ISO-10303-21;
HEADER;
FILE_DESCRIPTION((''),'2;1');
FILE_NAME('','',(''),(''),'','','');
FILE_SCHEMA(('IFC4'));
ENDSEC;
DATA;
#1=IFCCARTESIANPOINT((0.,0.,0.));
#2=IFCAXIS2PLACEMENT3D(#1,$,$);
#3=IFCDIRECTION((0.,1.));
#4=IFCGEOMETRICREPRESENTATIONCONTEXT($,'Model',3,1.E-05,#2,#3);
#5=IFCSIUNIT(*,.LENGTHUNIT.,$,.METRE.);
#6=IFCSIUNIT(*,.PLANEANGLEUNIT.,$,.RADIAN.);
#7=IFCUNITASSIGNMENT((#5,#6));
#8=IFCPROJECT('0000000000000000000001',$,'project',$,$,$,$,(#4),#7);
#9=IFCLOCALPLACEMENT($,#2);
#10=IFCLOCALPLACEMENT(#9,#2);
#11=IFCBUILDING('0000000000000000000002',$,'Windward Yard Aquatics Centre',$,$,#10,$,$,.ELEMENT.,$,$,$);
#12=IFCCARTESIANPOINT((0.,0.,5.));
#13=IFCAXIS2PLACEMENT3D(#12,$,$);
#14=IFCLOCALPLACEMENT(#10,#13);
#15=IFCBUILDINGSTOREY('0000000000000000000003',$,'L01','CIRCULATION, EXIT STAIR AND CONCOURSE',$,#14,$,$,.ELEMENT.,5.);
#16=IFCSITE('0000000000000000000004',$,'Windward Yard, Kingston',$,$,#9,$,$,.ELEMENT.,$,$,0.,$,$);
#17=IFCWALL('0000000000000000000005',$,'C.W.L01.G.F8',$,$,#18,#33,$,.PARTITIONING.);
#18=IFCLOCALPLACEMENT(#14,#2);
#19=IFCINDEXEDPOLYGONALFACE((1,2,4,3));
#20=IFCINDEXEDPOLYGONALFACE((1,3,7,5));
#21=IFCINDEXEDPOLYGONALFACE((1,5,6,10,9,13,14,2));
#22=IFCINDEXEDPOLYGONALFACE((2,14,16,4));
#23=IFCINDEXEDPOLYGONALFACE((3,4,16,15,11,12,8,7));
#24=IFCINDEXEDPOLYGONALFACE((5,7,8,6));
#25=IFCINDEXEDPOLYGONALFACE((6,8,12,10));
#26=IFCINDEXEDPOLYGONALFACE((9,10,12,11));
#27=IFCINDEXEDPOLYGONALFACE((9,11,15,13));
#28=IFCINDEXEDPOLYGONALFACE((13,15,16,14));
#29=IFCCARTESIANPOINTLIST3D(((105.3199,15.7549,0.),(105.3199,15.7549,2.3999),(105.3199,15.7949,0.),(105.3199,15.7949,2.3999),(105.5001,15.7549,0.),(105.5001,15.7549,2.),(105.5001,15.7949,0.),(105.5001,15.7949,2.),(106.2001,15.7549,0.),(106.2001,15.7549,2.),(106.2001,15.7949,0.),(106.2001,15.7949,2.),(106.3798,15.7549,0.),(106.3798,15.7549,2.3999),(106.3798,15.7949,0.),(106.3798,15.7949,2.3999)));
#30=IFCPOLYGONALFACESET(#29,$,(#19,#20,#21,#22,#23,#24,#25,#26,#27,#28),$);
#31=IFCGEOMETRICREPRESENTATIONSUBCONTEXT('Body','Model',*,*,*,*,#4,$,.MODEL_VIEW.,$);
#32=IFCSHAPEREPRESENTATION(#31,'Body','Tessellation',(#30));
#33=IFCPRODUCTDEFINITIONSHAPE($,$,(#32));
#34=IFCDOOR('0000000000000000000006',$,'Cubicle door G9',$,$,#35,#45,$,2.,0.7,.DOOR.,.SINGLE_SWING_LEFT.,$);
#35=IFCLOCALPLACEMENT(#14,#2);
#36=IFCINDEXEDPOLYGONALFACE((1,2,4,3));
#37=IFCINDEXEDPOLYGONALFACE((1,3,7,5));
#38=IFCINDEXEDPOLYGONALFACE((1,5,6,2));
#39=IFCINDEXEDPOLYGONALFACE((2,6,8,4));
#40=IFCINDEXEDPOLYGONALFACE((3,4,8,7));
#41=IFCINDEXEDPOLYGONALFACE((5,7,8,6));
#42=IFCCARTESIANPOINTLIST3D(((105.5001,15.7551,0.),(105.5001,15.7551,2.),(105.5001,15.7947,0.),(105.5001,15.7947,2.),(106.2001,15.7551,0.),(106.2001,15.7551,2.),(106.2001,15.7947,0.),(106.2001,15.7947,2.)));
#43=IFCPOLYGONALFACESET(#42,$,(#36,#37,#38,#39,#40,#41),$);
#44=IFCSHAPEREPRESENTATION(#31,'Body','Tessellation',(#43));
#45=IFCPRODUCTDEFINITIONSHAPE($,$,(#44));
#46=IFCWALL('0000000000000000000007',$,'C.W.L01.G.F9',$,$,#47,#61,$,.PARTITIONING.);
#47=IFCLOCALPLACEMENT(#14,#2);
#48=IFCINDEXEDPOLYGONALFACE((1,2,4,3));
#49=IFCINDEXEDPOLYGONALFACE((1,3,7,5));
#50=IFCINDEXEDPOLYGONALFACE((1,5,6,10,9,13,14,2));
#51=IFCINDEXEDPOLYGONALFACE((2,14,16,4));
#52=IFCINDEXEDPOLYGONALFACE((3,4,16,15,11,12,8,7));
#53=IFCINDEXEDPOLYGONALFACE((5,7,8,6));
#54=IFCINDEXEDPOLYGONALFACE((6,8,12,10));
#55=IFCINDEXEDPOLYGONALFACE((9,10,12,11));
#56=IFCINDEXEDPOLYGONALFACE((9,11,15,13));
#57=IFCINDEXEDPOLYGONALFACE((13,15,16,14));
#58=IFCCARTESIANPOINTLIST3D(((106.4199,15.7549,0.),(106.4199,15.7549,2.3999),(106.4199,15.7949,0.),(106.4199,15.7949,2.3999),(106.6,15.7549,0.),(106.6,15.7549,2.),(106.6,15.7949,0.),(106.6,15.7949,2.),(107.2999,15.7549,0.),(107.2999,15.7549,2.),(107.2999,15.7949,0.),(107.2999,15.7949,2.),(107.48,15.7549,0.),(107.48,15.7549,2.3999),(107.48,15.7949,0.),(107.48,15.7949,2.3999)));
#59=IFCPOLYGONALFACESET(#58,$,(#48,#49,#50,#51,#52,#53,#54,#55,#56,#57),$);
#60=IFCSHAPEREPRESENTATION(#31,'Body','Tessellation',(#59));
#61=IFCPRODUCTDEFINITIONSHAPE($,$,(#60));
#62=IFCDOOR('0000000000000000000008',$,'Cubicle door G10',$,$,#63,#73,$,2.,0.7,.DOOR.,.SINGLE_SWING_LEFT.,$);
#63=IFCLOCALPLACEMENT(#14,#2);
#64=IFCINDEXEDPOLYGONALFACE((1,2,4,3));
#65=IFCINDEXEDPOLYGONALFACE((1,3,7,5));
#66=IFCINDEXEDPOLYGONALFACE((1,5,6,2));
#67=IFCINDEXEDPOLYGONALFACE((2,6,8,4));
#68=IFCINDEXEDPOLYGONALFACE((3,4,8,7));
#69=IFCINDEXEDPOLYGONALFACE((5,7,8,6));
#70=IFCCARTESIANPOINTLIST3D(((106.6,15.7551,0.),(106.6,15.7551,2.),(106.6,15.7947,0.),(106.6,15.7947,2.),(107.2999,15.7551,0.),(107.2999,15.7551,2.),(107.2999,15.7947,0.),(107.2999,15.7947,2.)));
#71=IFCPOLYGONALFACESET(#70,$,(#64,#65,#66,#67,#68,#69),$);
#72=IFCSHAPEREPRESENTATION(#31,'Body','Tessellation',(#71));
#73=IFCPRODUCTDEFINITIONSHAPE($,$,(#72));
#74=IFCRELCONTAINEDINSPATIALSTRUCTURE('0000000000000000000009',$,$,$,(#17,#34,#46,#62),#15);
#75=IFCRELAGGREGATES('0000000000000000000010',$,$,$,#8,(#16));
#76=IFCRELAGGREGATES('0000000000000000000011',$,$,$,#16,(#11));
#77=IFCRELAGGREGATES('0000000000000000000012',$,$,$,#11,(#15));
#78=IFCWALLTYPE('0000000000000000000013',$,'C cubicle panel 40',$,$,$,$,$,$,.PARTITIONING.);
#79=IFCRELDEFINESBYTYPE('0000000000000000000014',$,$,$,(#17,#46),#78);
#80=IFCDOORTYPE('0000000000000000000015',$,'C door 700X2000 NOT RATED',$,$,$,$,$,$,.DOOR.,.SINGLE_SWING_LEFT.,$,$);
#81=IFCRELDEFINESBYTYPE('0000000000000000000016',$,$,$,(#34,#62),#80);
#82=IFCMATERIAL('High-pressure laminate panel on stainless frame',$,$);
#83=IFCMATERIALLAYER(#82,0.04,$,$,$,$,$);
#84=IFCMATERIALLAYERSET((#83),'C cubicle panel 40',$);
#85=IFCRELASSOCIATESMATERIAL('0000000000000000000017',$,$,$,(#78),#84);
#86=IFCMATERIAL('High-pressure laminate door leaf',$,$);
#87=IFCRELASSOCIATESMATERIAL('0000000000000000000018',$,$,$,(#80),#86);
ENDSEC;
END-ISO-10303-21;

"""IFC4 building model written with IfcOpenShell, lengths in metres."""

from ifc_helpers import new_model, si_unit, direction, frame, frame_2d, origin, place, context, subcontext, project, spatial, rectangle, extrude, material, layer, layer_set, type_object, element, fill, save


model = new_model("IFC4")

# Units and contexts
model_context = context("Model", 3, precision=1e-05, world=origin(), true_north=direction((0.0, 1.0)))
body_context = subcontext(model_context, "Body", "Model", "MODEL_VIEW")
ifc_project = project(units=[si_unit("LENGTHUNIT", "METRE"), si_unit("PLANEANGLEUNIT", "RADIAN")], contexts=[model_context])

# Site, building, storey
site_placement = place(None, origin())
site = spatial("IfcSite", under=ifc_project, at=site_placement, Name="Windward Yard, Kingston", CompositionType="ELEMENT", RefElevation=0.0)
building_placement = place(site_placement, origin())
building = spatial("IfcBuilding", under=site, at=building_placement, Name="Windward Yard Aquatics Centre", CompositionType="ELEMENT")
storey_placement = place(building_placement, frame((0.0, 0.0, 5.0)))
storey = spatial("IfcBuildingStorey", under=building, at=storey_placement, Name="L01", Description="CIRCULATION, EXIT STAIR AND CONCOURSE", CompositionType="ELEMENT", Elevation=5.0)

# Shared definitions
ifc_material_1 = material(Name="High-pressure laminate panel on stainless frame")
ifc_layer = layer(ifc_material_1, 0.04)
ifc_layer_set = layer_set([ifc_layer], Name="C cubicle panel 40")
wall_type = type_object("IfcWallType", Name="C cubicle panel 40", PredefinedType="PARTITIONING", material=ifc_layer_set)

# Walls, openings, doors
ifc_material_2 = material(Name="High-pressure laminate door leaf")
door_type = type_object("IfcDoorType", Name="C door 700X2000 NOT RATED", OperationType="SINGLE_SWING_LEFT", PredefinedType="DOOR", material=ifc_material_2)
wall_1_placement = place(storey_placement, frame((105.3201, 15.7749, 0.0), z_axis=(0.0, 0.0, 1.0), x_axis=(1.0, 0.0, 0.0)))
wall_1 = element("IfcWall", 1, at=wall_1_placement, inside=storey, type_object=wall_type, Name="C.W.L01.G.F8", PredefinedType="PARTITIONING", context=body_context, shape_type="SweptSolid", body=[
    extrude(rectangle(XDim=1.0598, YDim=0.04, at=frame_2d((0.5298, 0.0))), origin(), (0.0, 0.0, 1.0), 2.3999),
])
opening_1_placement = place(wall_1_placement, frame((0.1799, 0.0, 0.0)))
opening_1 = element("IfcOpeningElement", 2, at=opening_1_placement, cuts=wall_1, PredefinedType="OPENING", context=body_context, shape_type="SweptSolid", body=[
    extrude(rectangle(XDim=0.7, YDim=2.0, at=frame_2d((0.3501, 1.0))), frame((0.0, 0.03, 0.0), z_axis=(0.0, -1.0, 0.0), x_axis=(1.0, 0.0, 0.0)), (0.0, 0.0, 1.0), 0.0601),
])
door_1_placement = place(opening_1_placement, origin())
door_1 = element("IfcDoor", 3, at=door_1_placement, inside=storey, type_object=door_type, Name="Cubicle door G9", OperationType="SINGLE_SWING_LEFT", OverallHeight=2.0, OverallWidth=0.7, PredefinedType="DOOR", context=body_context, shape_type="SweptSolid", body=[
    extrude(rectangle(XDim=0.7, YDim=2.0, at=frame_2d((0.3501, 1.0))), frame((0.0, 0.0198, 0.0), z_axis=(0.0, -1.0, 0.0), x_axis=(1.0, 0.0, 0.0)), (0.0, 0.0, 1.0), 0.0396),
])
fill(opening_1, door_1)
wall_2_placement = place(storey_placement, frame((106.4199, 15.7749, 0.0), z_axis=(0.0, 0.0, 1.0), x_axis=(1.0, 0.0, 0.0)))
wall_2 = element("IfcWall", 4, at=wall_2_placement, inside=storey, type_object=wall_type, Name="C.W.L01.G.F9", PredefinedType="PARTITIONING", context=body_context, shape_type="SweptSolid", body=[
    extrude(rectangle(XDim=1.0601, YDim=0.04, at=frame_2d((0.53, 0.0))), origin(), (0.0, 0.0, 1.0), 2.3999),
])
opening_2_placement = place(wall_2_placement, frame((0.1799, 0.0, 0.0)))
opening_2 = element("IfcOpeningElement", 5, at=opening_2_placement, cuts=wall_2, PredefinedType="OPENING", context=body_context, shape_type="SweptSolid", body=[
    extrude(rectangle(XDim=0.7, YDim=2.0, at=frame_2d((0.3501, 1.0))), frame((0.0, 0.03, 0.0), z_axis=(0.0, -1.0, 0.0), x_axis=(1.0, 0.0, 0.0)), (0.0, 0.0, 1.0), 0.0601),
])
door_2_placement = place(opening_2_placement, origin())
door_2 = element("IfcDoor", 6, at=door_2_placement, inside=storey, type_object=door_type, Name="Cubicle door G10", OperationType="SINGLE_SWING_LEFT", OverallHeight=2.0, OverallWidth=0.7, PredefinedType="DOOR", context=body_context, shape_type="SweptSolid", body=[
    extrude(rectangle(XDim=0.7, YDim=2.0, at=frame_2d((0.3501, 1.0))), frame((0.0, 0.0198, 0.0), z_axis=(0.0, -1.0, 0.0), x_axis=(1.0, 0.0, 0.0)), (0.0, 0.0, 1.0), 0.0396),
])
fill(opening_2, door_2)

save(model, "model.ifc")
